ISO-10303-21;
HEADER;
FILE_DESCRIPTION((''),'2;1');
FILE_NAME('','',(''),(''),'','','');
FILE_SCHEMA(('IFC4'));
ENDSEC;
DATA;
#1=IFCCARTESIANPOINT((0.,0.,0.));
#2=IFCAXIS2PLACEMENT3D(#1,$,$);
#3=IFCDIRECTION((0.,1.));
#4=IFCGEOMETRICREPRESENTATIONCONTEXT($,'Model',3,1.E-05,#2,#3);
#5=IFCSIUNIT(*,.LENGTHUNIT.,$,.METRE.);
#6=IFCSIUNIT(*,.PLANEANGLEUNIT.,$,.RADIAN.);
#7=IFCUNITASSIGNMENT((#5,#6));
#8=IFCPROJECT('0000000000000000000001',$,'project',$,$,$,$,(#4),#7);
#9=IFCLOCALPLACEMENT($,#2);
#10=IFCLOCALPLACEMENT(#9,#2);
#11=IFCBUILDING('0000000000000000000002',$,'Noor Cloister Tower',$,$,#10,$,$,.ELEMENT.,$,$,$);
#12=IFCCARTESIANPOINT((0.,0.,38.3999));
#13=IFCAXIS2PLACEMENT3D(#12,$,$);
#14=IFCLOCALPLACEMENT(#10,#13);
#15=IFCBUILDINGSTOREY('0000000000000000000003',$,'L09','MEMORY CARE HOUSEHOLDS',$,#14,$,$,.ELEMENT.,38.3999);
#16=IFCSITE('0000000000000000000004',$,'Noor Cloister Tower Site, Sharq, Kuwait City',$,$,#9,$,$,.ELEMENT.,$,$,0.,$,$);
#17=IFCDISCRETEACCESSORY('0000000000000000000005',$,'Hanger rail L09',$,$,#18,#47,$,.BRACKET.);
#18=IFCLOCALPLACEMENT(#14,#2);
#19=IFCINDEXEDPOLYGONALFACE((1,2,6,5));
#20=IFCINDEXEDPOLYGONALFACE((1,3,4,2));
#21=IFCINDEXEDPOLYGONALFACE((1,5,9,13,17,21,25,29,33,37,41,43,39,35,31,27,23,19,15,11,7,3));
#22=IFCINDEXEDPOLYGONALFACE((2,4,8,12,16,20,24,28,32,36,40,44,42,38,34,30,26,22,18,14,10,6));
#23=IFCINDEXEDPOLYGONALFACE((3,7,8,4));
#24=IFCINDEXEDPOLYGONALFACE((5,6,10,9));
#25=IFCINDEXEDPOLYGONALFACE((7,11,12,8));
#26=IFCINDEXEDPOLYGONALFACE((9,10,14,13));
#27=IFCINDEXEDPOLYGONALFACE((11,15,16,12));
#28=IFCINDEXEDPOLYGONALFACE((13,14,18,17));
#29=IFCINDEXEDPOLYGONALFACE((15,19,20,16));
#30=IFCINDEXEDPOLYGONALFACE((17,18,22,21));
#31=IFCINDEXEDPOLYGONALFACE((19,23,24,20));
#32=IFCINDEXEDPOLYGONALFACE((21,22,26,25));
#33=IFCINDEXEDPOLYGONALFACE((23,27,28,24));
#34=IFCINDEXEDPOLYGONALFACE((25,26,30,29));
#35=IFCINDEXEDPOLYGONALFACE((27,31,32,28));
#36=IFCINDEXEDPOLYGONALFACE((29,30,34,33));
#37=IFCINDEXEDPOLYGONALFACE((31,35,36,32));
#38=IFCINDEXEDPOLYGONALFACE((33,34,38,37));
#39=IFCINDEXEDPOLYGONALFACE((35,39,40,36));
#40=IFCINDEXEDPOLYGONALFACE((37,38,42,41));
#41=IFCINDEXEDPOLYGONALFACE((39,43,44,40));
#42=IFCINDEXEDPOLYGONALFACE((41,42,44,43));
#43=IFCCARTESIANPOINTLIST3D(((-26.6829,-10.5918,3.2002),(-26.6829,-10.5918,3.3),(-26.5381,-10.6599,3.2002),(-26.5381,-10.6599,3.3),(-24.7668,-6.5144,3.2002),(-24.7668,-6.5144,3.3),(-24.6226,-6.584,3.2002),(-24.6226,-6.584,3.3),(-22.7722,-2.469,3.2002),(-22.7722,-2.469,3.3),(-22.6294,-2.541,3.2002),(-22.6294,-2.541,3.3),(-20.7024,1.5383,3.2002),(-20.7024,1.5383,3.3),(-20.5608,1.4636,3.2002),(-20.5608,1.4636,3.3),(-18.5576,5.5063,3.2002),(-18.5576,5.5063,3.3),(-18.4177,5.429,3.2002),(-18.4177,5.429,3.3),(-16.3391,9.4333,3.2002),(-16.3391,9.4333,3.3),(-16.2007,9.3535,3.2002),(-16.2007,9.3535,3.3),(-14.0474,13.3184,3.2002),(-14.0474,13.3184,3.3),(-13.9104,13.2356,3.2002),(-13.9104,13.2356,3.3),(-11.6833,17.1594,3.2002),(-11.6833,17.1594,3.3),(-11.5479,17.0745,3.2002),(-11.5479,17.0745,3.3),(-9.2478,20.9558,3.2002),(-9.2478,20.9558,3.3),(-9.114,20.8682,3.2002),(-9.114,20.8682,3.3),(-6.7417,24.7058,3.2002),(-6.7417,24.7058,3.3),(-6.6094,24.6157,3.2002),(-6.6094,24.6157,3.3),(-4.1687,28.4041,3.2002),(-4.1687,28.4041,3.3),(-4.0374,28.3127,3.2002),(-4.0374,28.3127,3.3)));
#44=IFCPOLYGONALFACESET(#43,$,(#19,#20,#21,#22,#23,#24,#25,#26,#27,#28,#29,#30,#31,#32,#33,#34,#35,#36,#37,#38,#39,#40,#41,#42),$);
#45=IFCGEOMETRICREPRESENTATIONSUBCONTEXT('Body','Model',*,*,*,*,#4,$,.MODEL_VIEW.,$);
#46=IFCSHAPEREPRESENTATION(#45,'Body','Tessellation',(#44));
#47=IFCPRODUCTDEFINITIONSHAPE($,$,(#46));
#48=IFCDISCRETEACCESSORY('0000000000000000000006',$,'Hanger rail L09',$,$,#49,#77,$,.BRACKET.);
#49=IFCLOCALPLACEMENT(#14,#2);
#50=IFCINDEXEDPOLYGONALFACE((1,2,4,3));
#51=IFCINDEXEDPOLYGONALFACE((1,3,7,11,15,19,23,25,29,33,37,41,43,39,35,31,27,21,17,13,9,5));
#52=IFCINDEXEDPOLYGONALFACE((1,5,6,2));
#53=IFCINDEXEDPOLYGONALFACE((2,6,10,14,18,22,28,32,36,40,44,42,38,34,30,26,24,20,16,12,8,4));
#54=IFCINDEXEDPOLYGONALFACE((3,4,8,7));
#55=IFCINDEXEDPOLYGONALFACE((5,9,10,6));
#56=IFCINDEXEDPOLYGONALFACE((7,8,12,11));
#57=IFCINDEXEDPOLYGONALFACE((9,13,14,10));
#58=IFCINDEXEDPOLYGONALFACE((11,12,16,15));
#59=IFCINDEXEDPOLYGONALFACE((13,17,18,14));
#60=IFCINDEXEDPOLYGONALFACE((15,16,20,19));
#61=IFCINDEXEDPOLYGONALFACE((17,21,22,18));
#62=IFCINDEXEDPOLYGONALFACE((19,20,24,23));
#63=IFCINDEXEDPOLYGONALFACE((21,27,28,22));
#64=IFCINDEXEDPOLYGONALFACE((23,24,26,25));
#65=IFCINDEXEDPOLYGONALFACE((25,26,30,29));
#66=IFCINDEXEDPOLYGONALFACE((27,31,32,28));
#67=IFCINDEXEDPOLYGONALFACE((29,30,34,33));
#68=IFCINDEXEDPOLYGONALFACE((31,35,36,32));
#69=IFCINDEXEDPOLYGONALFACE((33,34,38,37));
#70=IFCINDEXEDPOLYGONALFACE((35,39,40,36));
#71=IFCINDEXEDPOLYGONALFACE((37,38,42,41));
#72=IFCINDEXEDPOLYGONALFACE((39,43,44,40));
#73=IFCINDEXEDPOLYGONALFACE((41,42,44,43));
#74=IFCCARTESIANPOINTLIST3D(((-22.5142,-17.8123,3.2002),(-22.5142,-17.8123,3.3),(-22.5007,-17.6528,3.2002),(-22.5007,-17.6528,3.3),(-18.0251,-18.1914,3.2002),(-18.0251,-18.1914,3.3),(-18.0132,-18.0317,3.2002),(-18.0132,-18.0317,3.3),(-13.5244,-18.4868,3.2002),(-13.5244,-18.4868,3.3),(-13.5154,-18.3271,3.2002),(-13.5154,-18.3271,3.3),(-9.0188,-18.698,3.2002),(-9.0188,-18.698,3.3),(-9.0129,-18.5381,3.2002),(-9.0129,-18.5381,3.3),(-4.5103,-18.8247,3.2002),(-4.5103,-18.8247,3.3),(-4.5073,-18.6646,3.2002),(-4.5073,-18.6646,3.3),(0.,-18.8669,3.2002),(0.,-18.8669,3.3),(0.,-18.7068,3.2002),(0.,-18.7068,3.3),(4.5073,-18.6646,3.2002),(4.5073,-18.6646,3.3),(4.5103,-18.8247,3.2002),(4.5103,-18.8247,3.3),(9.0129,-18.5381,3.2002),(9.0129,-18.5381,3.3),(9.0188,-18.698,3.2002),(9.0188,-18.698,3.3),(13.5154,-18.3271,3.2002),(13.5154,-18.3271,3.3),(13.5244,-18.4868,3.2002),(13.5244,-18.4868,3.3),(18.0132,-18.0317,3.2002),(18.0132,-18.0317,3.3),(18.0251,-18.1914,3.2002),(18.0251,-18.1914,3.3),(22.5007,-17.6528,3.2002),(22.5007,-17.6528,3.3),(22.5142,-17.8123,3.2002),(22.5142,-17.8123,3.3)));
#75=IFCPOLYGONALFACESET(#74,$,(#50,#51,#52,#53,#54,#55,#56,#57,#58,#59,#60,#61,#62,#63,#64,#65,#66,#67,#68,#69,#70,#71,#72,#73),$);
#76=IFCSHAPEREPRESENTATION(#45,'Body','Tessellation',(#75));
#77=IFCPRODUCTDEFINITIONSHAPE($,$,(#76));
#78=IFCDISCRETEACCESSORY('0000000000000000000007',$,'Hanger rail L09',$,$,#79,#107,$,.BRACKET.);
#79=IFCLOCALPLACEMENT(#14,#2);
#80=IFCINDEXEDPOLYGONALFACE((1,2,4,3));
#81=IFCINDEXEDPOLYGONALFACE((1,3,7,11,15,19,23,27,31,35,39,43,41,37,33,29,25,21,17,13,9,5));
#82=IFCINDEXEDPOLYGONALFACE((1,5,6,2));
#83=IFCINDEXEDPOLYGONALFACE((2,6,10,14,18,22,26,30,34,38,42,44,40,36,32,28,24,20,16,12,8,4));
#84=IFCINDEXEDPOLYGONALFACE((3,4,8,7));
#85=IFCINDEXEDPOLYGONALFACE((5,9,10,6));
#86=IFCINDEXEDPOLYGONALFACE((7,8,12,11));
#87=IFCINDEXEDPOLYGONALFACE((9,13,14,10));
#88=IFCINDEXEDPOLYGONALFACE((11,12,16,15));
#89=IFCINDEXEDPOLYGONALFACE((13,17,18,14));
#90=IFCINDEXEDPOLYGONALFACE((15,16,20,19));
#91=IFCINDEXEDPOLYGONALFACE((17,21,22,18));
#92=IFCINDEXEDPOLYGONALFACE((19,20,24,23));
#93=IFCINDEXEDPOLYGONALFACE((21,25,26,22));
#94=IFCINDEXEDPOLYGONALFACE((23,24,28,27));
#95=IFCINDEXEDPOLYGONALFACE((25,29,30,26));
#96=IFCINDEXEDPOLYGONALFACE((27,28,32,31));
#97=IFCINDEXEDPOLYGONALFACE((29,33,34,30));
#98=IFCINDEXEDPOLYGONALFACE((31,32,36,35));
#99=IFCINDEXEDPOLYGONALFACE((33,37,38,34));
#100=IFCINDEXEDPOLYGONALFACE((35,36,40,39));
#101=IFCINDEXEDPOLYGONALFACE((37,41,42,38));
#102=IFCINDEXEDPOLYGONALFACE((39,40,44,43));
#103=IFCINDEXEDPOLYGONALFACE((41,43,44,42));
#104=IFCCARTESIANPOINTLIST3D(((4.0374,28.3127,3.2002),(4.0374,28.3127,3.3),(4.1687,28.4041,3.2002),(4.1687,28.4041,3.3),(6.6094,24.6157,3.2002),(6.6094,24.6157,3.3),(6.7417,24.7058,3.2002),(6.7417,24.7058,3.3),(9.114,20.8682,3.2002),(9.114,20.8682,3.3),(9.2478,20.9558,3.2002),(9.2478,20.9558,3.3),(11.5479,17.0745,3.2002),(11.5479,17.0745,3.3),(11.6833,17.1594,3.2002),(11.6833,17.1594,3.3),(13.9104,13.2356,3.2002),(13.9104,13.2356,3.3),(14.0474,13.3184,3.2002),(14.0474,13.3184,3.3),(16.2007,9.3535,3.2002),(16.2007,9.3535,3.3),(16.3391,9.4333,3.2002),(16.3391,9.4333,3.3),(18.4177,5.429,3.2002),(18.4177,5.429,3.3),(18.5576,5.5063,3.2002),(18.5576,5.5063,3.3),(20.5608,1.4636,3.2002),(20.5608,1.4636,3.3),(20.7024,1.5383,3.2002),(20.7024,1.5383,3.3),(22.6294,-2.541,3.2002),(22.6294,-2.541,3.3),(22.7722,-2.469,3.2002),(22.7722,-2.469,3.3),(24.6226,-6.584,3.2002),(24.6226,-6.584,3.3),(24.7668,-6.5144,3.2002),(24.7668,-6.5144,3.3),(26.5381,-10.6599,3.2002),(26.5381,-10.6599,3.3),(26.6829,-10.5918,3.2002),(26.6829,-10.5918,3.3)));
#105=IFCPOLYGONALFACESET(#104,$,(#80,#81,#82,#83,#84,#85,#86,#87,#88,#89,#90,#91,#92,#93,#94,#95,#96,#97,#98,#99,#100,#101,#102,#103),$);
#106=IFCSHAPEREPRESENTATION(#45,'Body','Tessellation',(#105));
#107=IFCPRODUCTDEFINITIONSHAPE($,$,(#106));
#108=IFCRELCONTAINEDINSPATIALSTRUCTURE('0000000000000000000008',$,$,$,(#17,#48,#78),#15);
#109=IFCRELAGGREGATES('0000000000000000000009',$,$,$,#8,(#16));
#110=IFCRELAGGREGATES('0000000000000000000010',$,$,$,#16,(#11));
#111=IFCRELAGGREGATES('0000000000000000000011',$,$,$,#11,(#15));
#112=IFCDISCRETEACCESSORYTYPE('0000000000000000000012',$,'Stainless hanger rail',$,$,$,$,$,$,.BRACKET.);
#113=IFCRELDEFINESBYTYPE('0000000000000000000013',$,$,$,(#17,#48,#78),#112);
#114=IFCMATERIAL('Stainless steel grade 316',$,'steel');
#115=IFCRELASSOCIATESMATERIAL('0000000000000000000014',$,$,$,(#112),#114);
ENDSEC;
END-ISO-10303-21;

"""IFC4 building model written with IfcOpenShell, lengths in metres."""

from ifc_helpers import new_model, si_unit, direction, frame, origin, place, context, subcontext, project, spatial, polyline, outline, extrude, material, type_object, element, save


model = new_model("IFC4")

# Units and contexts
model_context = context("Model", 3, precision=1e-05, world=origin(), true_north=direction((0.0, 1.0)))
body_context = subcontext(model_context, "Body", "Model", "MODEL_VIEW")
ifc_project = project(units=[si_unit("LENGTHUNIT", "METRE"), si_unit("PLANEANGLEUNIT", "RADIAN")], contexts=[model_context])

# Site, building, storey
site_placement = place(None, origin())
site = spatial("IfcSite", under=ifc_project, at=site_placement, Name="Noor Cloister Tower Site, Sharq, Kuwait City", CompositionType="ELEMENT", RefElevation=0.0)
building_placement = place(site_placement, origin())
building = spatial("IfcBuilding", under=site, at=building_placement, Name="Noor Cloister Tower", CompositionType="ELEMENT")
storey_placement = place(building_placement, frame((0.0, 0.0, 38.3999)))
storey = spatial("IfcBuildingStorey", under=building, at=storey_placement, Name="L09", Description="MEMORY CARE HOUSEHOLDS", CompositionType="ELEMENT", Elevation=38.3999)

# Discrete accessories
ifc_material_1 = material(Name="Stainless steel grade 316", Category="steel")
discrete_accessory_type = type_object("IfcDiscreteAccessoryType", Name="Stainless hanger rail", PredefinedType="BRACKET", material=ifc_material_1)
discrete_accessory_1_placement = place(storey_placement, frame((0.0, 0.0, 3.2002)))
element("IfcDiscreteAccessory", 1, at=discrete_accessory_1_placement, inside=storey, type_object=discrete_accessory_type, Name="Hanger rail L09", PredefinedType="BRACKET", context=body_context, shape_type="SweptSolid", body=[
    extrude(outline(polyline([(-4.1687, 28.4041), (-6.7417, 24.7058), (-9.2478, 20.9558), (-11.6833, 17.1594), (-14.0474, 13.3184), (-16.3391, 9.4333), (-18.5576, 5.5063), (-20.7024, 1.5383), (-22.7722, -2.469), (-24.7668, -6.5144), (-26.6829, -10.5918), (-26.5381, -10.6599), (-24.6226, -6.584), (-22.6294, -2.541), (-20.5608, 1.4636), (-18.4177, 5.429), (-16.2007, 9.3535), (-13.9104, 13.2356), (-11.5479, 17.0745), (-9.114, 20.8682), (-6.6094, 24.6157), (-4.0374, 28.3127), (-4.1687, 28.4041)])), origin(), (0.0, 0.0, 1.0), 0.0999),
])
discrete_accessory_2_placement = place(storey_placement, frame((0.0, 0.0, 3.2002)))
element("IfcDiscreteAccessory", 2, at=discrete_accessory_2_placement, inside=storey, type_object=discrete_accessory_type, Name="Hanger rail L09", PredefinedType="BRACKET", context=body_context, shape_type="SweptSolid", body=[
    extrude(outline(polyline([(-22.5142, -17.8123), (-18.0251, -18.1914), (-13.5244, -18.4868), (-9.0188, -18.698), (-4.5103, -18.8247), (0.0, -18.8669), (4.5103, -18.8247), (9.0188, -18.698), (13.5244, -18.4868), (18.0251, -18.1914), (22.5142, -17.8123), (22.5007, -17.6528), (18.0132, -18.0317), (13.5154, -18.3271), (9.0129, -18.5381), (4.5073, -18.6646), (0.0, -18.7068), (-4.5073, -18.6646), (-9.0129, -18.5381), (-13.5154, -18.3271), (-18.0132, -18.0317), (-22.5007, -17.6528), (-22.5142, -17.8123)])), origin(), (0.0, 0.0, 1.0), 0.0999),
])
discrete_accessory_3_placement = place(storey_placement, frame((0.0, 0.0, 3.2002)))
element("IfcDiscreteAccessory", 3, at=discrete_accessory_3_placement, inside=storey, type_object=discrete_accessory_type, Name="Hanger rail L09", PredefinedType="BRACKET", context=body_context, shape_type="SweptSolid", body=[
    extrude(outline(polyline([(26.6829, -10.5918), (24.7668, -6.5144), (22.7722, -2.469), (20.7024, 1.5383), (18.5576, 5.5063), (16.3391, 9.4333), (14.0474, 13.3184), (11.6833, 17.1594), (9.2478, 20.9558), (6.7417, 24.7058), (4.1687, 28.4041), (4.0374, 28.3127), (6.6094, 24.6157), (9.114, 20.8682), (11.5479, 17.0745), (13.9104, 13.2356), (16.2007, 9.3535), (18.4177, 5.429), (20.5608, 1.4636), (22.6294, -2.541), (24.6226, -6.584), (26.5381, -10.6599), (26.6829, -10.5918)])), origin(), (0.0, 0.0, 1.0), 0.0999),
])

save(model, "model.ifc")
